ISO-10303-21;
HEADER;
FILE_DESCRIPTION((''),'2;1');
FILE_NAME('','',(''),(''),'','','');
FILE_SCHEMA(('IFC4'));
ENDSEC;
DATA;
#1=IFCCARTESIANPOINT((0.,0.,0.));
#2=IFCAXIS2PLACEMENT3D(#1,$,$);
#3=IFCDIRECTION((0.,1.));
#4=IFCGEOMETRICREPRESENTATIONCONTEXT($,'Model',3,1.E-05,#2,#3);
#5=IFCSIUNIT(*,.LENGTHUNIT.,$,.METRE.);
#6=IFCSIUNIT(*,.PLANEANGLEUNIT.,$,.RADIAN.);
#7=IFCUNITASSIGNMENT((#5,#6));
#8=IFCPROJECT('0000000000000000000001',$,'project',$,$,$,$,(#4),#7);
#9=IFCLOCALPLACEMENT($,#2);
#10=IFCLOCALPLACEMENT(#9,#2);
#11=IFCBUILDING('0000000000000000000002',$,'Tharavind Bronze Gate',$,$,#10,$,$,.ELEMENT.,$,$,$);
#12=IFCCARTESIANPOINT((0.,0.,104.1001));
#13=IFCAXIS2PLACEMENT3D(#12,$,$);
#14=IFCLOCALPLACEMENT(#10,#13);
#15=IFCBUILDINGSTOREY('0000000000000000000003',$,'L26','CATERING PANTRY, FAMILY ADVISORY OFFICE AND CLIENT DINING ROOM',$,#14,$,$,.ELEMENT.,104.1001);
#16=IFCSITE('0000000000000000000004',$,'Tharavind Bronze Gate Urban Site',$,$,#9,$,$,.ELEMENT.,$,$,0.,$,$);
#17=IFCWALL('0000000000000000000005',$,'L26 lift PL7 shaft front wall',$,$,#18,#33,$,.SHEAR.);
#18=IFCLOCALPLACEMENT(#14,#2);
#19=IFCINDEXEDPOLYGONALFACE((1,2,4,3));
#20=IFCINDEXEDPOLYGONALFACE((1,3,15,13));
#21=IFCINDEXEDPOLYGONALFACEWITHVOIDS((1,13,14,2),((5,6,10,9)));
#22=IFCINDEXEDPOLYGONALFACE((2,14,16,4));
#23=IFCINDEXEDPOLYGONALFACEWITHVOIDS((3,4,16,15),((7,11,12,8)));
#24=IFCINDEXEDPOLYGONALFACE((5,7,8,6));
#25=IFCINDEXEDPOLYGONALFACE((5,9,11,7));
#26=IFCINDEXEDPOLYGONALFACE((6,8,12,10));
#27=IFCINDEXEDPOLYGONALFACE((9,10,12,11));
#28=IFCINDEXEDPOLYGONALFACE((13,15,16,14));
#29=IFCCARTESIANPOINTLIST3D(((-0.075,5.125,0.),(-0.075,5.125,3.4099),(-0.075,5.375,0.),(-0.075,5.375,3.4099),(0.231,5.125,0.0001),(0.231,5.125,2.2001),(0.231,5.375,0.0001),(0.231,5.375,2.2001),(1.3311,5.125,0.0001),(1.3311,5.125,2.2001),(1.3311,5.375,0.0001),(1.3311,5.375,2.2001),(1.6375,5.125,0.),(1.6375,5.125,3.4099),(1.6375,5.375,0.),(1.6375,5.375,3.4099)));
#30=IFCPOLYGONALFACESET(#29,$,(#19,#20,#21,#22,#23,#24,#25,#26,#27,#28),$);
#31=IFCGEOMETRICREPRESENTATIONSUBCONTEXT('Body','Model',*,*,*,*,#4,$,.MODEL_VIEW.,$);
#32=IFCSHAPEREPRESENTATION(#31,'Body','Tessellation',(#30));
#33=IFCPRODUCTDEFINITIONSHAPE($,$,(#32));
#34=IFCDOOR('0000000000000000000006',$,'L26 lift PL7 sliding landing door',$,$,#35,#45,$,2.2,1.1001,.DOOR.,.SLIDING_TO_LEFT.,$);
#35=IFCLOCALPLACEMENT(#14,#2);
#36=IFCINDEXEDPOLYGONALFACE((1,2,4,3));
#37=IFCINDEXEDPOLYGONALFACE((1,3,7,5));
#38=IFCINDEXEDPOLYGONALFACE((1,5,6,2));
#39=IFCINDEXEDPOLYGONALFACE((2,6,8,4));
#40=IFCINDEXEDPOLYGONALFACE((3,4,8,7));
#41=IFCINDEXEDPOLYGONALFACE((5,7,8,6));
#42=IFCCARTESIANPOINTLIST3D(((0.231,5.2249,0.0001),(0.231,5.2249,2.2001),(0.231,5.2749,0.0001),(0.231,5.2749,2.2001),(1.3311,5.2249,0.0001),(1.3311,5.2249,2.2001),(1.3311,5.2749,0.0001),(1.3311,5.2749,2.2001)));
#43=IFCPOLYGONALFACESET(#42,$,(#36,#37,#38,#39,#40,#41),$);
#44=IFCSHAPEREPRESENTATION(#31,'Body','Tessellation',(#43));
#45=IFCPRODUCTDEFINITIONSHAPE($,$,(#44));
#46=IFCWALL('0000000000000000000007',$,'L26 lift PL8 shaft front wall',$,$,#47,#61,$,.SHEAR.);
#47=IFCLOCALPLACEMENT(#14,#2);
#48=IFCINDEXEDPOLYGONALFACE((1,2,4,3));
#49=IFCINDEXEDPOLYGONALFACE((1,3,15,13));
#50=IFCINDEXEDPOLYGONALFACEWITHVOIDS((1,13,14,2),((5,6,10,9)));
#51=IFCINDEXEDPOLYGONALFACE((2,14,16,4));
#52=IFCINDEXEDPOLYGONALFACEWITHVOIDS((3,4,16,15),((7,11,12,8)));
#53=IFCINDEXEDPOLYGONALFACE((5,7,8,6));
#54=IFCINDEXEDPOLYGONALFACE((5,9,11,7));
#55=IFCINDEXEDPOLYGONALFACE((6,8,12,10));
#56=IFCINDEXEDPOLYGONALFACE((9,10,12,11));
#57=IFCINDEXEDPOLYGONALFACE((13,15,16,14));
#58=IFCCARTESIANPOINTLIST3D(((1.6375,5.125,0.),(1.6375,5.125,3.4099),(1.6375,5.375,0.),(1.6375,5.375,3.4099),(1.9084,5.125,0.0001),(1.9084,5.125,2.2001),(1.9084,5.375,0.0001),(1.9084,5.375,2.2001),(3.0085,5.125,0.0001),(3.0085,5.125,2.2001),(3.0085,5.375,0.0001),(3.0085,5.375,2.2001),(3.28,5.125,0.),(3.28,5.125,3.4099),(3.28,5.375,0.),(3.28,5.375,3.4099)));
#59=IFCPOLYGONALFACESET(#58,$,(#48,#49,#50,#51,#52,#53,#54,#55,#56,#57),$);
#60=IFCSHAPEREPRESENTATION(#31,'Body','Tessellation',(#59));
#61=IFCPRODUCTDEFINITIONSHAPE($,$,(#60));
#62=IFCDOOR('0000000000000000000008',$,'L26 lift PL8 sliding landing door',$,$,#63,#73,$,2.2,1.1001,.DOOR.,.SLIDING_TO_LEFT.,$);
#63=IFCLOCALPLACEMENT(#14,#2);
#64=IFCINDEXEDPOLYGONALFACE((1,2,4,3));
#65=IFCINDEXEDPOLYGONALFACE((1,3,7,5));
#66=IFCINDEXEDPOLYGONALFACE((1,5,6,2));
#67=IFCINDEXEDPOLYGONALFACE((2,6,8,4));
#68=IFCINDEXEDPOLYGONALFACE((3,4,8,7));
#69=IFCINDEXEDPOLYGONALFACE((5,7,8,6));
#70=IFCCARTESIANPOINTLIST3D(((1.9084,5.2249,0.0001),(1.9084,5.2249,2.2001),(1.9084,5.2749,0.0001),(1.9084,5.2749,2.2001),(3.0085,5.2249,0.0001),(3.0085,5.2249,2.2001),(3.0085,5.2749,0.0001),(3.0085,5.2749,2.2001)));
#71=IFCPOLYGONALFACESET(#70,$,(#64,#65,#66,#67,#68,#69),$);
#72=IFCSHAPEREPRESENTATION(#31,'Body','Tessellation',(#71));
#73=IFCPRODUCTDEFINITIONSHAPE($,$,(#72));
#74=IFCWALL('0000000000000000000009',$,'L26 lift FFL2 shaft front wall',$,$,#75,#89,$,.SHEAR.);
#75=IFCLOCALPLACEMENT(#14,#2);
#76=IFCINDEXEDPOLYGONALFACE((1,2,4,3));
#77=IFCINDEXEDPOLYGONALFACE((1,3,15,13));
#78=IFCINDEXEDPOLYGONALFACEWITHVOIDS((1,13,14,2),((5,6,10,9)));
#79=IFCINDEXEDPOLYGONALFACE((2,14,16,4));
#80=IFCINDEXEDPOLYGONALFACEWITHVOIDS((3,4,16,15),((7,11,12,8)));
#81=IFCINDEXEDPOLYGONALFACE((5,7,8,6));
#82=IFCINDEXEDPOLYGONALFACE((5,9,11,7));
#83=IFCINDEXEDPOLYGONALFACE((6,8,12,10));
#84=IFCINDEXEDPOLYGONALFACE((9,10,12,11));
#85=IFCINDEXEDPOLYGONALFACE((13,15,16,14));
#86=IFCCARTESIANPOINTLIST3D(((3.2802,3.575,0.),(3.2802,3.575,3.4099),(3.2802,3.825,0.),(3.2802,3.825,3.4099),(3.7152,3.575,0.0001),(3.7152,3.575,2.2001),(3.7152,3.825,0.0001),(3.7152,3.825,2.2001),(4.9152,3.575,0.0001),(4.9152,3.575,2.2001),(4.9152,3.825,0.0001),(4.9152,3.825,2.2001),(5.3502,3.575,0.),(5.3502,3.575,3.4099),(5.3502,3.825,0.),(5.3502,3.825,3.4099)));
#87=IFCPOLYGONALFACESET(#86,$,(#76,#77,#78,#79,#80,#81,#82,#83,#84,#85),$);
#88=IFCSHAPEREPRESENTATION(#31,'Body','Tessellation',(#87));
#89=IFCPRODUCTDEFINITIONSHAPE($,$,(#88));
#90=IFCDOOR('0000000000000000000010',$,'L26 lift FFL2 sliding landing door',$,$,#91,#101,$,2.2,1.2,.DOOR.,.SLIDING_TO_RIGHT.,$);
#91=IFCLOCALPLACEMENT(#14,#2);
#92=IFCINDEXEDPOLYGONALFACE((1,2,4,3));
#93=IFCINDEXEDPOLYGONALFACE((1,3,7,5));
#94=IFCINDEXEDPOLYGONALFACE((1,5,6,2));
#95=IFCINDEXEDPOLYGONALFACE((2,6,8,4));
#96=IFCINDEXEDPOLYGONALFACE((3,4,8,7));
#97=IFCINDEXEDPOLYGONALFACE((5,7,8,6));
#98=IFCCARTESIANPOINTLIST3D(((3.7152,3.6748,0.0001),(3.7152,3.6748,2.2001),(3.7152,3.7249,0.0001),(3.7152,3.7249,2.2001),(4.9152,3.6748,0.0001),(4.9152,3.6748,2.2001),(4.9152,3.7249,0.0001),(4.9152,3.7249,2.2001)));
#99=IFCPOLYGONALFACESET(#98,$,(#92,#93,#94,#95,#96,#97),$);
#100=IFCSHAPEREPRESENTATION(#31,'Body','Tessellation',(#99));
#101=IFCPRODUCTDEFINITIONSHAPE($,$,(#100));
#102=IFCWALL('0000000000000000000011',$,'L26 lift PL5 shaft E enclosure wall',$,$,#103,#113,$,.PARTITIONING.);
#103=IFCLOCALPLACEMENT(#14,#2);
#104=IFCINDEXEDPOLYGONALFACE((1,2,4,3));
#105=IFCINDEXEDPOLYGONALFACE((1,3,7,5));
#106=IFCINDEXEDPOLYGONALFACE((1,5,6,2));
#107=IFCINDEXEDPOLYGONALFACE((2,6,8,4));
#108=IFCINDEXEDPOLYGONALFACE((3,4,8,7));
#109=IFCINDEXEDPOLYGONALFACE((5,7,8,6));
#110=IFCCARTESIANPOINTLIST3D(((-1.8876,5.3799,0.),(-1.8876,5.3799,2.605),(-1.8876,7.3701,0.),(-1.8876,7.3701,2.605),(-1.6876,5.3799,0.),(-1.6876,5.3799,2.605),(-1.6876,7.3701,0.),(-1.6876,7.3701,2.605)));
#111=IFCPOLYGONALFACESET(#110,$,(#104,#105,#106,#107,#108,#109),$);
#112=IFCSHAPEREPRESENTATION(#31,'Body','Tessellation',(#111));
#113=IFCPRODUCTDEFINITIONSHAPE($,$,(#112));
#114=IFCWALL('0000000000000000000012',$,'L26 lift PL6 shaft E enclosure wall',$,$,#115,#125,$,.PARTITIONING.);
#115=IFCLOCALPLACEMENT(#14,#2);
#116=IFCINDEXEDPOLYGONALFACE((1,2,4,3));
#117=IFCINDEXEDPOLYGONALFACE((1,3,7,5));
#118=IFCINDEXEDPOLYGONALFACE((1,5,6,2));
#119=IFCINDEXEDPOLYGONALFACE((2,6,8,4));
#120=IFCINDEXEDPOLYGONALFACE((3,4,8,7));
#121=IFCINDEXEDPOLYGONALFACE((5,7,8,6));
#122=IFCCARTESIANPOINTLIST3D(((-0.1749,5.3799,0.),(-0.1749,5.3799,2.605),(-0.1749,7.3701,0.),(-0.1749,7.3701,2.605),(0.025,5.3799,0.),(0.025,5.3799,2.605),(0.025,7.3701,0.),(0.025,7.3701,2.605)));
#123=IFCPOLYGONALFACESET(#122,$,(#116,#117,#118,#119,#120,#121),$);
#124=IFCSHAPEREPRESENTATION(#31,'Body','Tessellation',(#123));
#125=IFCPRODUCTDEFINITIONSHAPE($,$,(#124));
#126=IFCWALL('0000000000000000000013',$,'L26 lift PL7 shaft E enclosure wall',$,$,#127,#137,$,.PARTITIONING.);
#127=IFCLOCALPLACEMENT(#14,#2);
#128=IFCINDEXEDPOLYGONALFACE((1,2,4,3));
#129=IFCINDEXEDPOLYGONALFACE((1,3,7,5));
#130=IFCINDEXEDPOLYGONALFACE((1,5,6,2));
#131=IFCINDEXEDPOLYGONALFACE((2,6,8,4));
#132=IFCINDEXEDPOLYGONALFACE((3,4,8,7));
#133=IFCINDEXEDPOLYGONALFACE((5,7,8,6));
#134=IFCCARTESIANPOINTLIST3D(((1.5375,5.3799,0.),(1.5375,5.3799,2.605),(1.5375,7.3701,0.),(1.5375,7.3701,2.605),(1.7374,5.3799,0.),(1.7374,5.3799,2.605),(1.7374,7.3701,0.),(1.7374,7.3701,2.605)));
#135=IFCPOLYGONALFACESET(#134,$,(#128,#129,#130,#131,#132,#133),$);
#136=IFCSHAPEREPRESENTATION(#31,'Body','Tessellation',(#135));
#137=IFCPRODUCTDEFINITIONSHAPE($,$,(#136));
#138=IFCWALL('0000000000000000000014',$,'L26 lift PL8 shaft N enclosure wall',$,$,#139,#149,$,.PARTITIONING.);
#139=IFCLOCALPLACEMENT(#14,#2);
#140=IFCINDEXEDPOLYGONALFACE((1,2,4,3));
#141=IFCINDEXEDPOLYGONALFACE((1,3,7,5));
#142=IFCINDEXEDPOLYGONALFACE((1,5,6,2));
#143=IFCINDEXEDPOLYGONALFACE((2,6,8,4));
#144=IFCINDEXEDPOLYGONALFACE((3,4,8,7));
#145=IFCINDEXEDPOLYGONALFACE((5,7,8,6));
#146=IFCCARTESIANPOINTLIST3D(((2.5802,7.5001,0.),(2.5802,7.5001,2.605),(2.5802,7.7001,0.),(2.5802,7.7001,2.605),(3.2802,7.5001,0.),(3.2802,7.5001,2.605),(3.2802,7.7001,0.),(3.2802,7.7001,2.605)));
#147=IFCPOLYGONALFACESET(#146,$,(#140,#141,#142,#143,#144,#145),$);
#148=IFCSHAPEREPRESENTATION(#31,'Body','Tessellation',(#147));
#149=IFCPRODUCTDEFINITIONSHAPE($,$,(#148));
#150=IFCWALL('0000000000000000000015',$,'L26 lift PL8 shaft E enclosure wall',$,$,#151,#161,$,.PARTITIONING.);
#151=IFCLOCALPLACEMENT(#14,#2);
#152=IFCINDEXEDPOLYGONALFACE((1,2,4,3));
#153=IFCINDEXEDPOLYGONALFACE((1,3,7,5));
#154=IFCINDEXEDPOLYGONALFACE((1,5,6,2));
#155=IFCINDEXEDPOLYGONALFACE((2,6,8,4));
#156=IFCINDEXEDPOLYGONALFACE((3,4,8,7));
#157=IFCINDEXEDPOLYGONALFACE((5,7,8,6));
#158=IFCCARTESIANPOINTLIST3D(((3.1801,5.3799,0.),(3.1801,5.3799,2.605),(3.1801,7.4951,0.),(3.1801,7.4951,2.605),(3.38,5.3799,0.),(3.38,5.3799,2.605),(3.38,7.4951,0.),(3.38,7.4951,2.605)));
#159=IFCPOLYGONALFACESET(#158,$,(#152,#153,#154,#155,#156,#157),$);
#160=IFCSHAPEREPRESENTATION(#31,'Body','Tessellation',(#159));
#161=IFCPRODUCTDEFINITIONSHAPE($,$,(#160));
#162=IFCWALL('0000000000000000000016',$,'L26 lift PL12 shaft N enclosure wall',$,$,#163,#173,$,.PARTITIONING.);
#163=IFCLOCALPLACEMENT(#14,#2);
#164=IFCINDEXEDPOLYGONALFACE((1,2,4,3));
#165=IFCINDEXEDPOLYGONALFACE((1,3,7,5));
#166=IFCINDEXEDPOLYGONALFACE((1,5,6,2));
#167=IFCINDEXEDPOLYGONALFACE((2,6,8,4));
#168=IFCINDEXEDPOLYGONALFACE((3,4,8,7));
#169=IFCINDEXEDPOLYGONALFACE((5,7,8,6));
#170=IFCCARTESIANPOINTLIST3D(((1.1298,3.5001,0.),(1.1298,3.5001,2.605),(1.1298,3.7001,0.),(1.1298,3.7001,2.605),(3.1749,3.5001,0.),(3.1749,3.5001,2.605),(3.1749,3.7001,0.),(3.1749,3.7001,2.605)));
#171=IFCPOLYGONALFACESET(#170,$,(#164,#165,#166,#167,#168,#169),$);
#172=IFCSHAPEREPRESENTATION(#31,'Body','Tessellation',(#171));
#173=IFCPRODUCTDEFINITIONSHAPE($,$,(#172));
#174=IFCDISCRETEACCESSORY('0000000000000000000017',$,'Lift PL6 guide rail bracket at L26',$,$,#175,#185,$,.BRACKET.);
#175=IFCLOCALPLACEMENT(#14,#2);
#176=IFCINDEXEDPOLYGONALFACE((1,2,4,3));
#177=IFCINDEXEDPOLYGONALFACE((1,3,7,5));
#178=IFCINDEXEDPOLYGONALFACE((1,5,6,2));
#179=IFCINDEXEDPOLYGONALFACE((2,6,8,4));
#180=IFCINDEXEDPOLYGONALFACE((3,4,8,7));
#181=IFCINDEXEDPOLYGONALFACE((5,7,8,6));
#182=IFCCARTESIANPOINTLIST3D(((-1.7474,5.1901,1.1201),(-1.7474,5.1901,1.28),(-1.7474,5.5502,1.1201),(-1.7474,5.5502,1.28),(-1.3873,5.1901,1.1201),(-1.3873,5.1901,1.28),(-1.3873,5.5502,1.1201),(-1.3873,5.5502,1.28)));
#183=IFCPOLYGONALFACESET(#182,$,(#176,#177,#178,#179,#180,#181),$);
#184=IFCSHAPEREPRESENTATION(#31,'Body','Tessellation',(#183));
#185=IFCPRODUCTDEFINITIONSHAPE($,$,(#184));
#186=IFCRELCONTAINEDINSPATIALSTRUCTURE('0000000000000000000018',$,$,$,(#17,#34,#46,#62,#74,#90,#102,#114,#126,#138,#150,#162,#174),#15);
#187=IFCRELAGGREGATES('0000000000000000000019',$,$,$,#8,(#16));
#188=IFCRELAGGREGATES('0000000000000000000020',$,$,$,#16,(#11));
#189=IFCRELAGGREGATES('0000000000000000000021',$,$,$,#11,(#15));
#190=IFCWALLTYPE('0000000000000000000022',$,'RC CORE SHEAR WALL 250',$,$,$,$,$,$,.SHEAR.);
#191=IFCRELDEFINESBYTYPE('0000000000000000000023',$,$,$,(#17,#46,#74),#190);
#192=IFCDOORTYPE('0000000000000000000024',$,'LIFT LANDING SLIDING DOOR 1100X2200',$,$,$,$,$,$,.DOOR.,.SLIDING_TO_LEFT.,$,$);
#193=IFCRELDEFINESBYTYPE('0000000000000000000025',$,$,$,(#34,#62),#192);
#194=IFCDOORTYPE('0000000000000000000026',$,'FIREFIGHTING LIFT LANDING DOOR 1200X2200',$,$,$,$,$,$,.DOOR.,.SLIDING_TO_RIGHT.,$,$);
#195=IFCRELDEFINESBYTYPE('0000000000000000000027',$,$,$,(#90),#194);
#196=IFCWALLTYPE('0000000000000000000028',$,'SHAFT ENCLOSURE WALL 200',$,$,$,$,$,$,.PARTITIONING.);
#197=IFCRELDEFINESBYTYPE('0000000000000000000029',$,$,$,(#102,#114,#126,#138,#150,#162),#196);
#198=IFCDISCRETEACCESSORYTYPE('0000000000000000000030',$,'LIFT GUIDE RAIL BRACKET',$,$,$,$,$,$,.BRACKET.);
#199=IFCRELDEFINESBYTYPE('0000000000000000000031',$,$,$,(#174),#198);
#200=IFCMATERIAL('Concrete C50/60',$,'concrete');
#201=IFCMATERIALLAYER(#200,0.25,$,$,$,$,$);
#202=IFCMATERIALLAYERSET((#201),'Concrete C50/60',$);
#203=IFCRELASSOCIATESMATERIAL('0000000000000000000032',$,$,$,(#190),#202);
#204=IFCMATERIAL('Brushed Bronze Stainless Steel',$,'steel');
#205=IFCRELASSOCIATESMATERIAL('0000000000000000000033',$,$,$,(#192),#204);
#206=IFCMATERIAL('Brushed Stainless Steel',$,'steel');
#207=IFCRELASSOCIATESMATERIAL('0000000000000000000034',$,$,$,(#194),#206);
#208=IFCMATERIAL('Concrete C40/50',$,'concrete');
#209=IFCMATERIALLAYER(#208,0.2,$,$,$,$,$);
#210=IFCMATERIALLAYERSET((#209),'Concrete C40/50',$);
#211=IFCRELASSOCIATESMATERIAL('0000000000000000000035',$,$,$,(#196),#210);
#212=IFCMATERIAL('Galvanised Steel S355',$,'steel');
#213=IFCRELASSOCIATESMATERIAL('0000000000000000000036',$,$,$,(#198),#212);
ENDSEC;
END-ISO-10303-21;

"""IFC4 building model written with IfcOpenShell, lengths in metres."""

from ifc_helpers import new_model, si_unit, direction, frame, frame_2d, origin, origin_2d, place, context, subcontext, project, spatial, rectangle, extrude, material, layer, layer_set, type_object, element, fill, save


model = new_model("IFC4")

# Units and contexts
model_context = context("Model", 3, precision=1e-05, world=origin(), true_north=direction((0.0, 1.0)))
body_context = subcontext(model_context, "Body", "Model", "MODEL_VIEW")
ifc_project = project(units=[si_unit("LENGTHUNIT", "METRE"), si_unit("PLANEANGLEUNIT", "RADIAN")], contexts=[model_context])

# Site, building, storey
site_placement = place(None, origin())
site = spatial("IfcSite", under=ifc_project, at=site_placement, Name="Tharavind Bronze Gate Urban Site", CompositionType="ELEMENT", RefElevation=0.0)
building_placement = place(site_placement, origin())
building = spatial("IfcBuilding", under=site, at=building_placement, Name="Tharavind Bronze Gate", CompositionType="ELEMENT")
storey_placement = place(building_placement, frame((0.0, 0.0, 104.1001)))
storey = spatial("IfcBuildingStorey", under=building, at=storey_placement, Name="L26", Description="CATERING PANTRY, FAMILY ADVISORY OFFICE AND CLIENT DINING ROOM", CompositionType="ELEMENT", Elevation=104.1001)

# Walls, openings, doors
ifc_material_1 = material(Name="Concrete C50/60", Category="concrete")
ifc_layer_1 = layer(ifc_material_1, 0.25)
ifc_layer_set_1 = layer_set([ifc_layer_1], Name="Concrete C50/60")
wall_type_1 = type_object("IfcWallType", Name="RC CORE SHEAR WALL 250", PredefinedType="SHEAR", material=ifc_layer_set_1)
ifc_material_2 = material(Name="Brushed Bronze Stainless Steel", Category="steel")
door_type_1 = type_object("IfcDoorType", Name="LIFT LANDING SLIDING DOOR 1100X2200", OperationType="SLIDING_TO_LEFT", PredefinedType="DOOR", material=ifc_material_2)
wall_1_placement = place(storey_placement, frame((-0.075, 5.25, 0.0), z_axis=(0.0, 0.0, 1.0), x_axis=(1.0, 0.0, 0.0)))
wall_1 = element("IfcWall", 1, at=wall_1_placement, inside=storey, type_object=wall_type_1, Name="L26 lift PL7 shaft front wall", PredefinedType="SHEAR", context=body_context, shape_type="SweptSolid", body=[
    extrude(rectangle(XDim=1.7124, YDim=0.25, at=frame_2d((0.8562, 0.0))), origin(), (0.0, 0.0, 1.0), 3.4099),
])
opening_1_placement = place(wall_1_placement, frame((0.3059, 0.0, 0.0)))
opening_1 = element("IfcOpeningElement", 2, at=opening_1_placement, cuts=wall_1, PredefinedType="OPENING", context=body_context, shape_type="SweptSolid", body=[
    extrude(rectangle(XDim=1.1001, YDim=2.2, at=frame_2d((0.55, 1.1001))), frame((0.0, 0.135, 0.0), z_axis=(0.0, -1.0, 0.0), x_axis=(1.0, 0.0, 0.0)), (0.0, 0.0, 1.0), 0.27),
])
door_1_placement = place(opening_1_placement, origin())
door_1 = element("IfcDoor", 3, at=door_1_placement, inside=storey, type_object=door_type_1, Name="L26 lift PL7 sliding landing door", OperationType="SLIDING_TO_LEFT", OverallHeight=2.2, OverallWidth=1.1001, PredefinedType="DOOR", context=body_context, shape_type="SweptSolid", body=[
    extrude(rectangle(XDim=1.1001, YDim=2.2, at=frame_2d((0.55, 1.1001))), frame((0.0, 0.0249, 0.0), z_axis=(0.0, -1.0, 0.0), x_axis=(1.0, 0.0, 0.0)), (0.0, 0.0, 1.0), 0.05),
])
fill(opening_1, door_1)
wall_2_placement = place(storey_placement, frame((1.6375, 5.25, 0.0), z_axis=(0.0, 0.0, 1.0), x_axis=(1.0, 0.0, 0.0)))
wall_2 = element("IfcWall", 4, at=wall_2_placement, inside=storey, type_object=wall_type_1, Name="L26 lift PL8 shaft front wall", PredefinedType="SHEAR", context=body_context, shape_type="SweptSolid", body=[
    extrude(rectangle(XDim=1.6426, YDim=0.25, at=frame_2d((0.8213, 0.0))), origin(), (0.0, 0.0, 1.0), 3.4099),
])
opening_2_placement = place(wall_2_placement, frame((0.271, 0.0, 0.0)))
opening_2 = element("IfcOpeningElement", 5, at=opening_2_placement, cuts=wall_2, PredefinedType="OPENING", context=body_context, shape_type="SweptSolid", body=[
    extrude(rectangle(XDim=1.1001, YDim=2.2, at=frame_2d((0.55, 1.1001))), frame((0.0, 0.135, 0.0), z_axis=(0.0, -1.0, 0.0), x_axis=(1.0, 0.0, 0.0)), (0.0, 0.0, 1.0), 0.27),
])
door_2_placement = place(opening_2_placement, origin())
door_2 = element("IfcDoor", 6, at=door_2_placement, inside=storey, type_object=door_type_1, Name="L26 lift PL8 sliding landing door", OperationType="SLIDING_TO_LEFT", OverallHeight=2.2, OverallWidth=1.1001, PredefinedType="DOOR", context=body_context, shape_type="SweptSolid", body=[
    extrude(rectangle(XDim=1.1001, YDim=2.2, at=frame_2d((0.55, 1.1001))), frame((0.0, 0.0249, 0.0), z_axis=(0.0, -1.0, 0.0), x_axis=(1.0, 0.0, 0.0)), (0.0, 0.0, 1.0), 0.05),
])
fill(opening_2, door_2)
wall_3_placement = place(storey_placement, frame((3.28, 3.7, 0.0), z_axis=(0.0, 0.0, 1.0), x_axis=(1.0, 0.0, 0.0)))
wall_3 = element("IfcWall", 7, at=wall_3_placement, inside=storey, type_object=wall_type_1, Name="L26 lift FFL2 shaft front wall", PredefinedType="SHEAR", context=body_context, shape_type="SweptSolid", body=[
    extrude(rectangle(XDim=2.0701, YDim=0.25, at=frame_2d((1.0352, 0.0))), origin(), (0.0, 0.0, 1.0), 3.4099),
])
opening_3_placement = place(wall_3_placement, frame((0.4351, 0.0, 0.0)))
opening_3 = element("IfcOpeningElement", 8, at=opening_3_placement, cuts=wall_3, PredefinedType="OPENING", context=body_context, shape_type="SweptSolid", body=[
    extrude(rectangle(XDim=1.2, YDim=2.2, at=frame_2d((0.6001, 1.1001))), frame((0.0, 0.135, 0.0), z_axis=(0.0, -1.0, 0.0), x_axis=(1.0, 0.0, 0.0)), (0.0, 0.0, 1.0), 0.27),
])
ifc_material_3 = material(Name="Brushed Stainless Steel", Category="steel")
door_type_2 = type_object("IfcDoorType", Name="FIREFIGHTING LIFT LANDING DOOR 1200X2200", OperationType="SLIDING_TO_RIGHT", PredefinedType="DOOR", material=ifc_material_3)
door_3_placement = place(opening_3_placement, origin())
door_3 = element("IfcDoor", 9, at=door_3_placement, inside=storey, type_object=door_type_2, Name="L26 lift FFL2 sliding landing door", OperationType="SLIDING_TO_RIGHT", OverallHeight=2.2, OverallWidth=1.2, PredefinedType="DOOR", context=body_context, shape_type="SweptSolid", body=[
    extrude(rectangle(XDim=1.2, YDim=2.2, at=frame_2d((0.6001, 1.1001))), frame((0.0, 0.0249, 0.0), z_axis=(0.0, -1.0, 0.0), x_axis=(1.0, 0.0, 0.0)), (0.0, 0.0, 1.0), 0.05),
])
fill(opening_3, door_3)

# Walls
ifc_material_4 = material(Name="Concrete C40/50", Category="concrete")
ifc_layer_2 = layer(ifc_material_4, 0.2)
ifc_layer_set_2 = layer_set([ifc_layer_2], Name="Concrete C40/50")
wall_type_2 = type_object("IfcWallType", Name="SHAFT ENCLOSURE WALL 200", PredefinedType="PARTITIONING", material=ifc_layer_set_2)
for number, where, z_axis, x_axis, name in (
    (10, (-1.7876, 5.3799, 0.0), (0.0, 0.0, 1.0), (0.0, 1.0, 0.0), "L26 lift PL5 shaft E enclosure wall"),
    (11, (-0.075, 5.3799, 0.0), (0.0, 0.0, 1.0), (0.0, 1.0, 0.0), "L26 lift PL6 shaft E enclosure wall"),
    (12, (1.6375, 5.3799, 0.0), (0.0, 0.0, 1.0), (0.0, 1.0, 0.0), "L26 lift PL7 shaft E enclosure wall"),
):
    element("IfcWall", number, at=place(storey_placement, frame(where, z_axis=z_axis, x_axis=x_axis)), inside=storey, type_object=wall_type_2, Name=name, PredefinedType="PARTITIONING", context=body_context, shape_type="SweptSolid", body=[
        extrude(rectangle(XDim=1.9902, YDim=0.2, at=frame_2d((0.9951, 0.0))), origin(), (0.0, 0.0, 1.0), 2.605),
    ])
wall_4_placement = place(storey_placement, frame((2.5801, 7.6001, 0.0), z_axis=(0.0, 0.0, 1.0), x_axis=(1.0, 0.0, 0.0)))
element("IfcWall", 13, at=wall_4_placement, inside=storey, type_object=wall_type_2, Name="L26 lift PL8 shaft N enclosure wall", PredefinedType="PARTITIONING", context=body_context, shape_type="SweptSolid", body=[
    extrude(rectangle(XDim=0.7, YDim=0.2, at=frame_2d((0.3501, 0.0))), origin(), (0.0, 0.0, 1.0), 2.605),
])
wall_5_placement = place(storey_placement, frame((3.28, 5.3799, 0.0), z_axis=(0.0, 0.0, 1.0), x_axis=(0.0, 1.0, 0.0)))
element("IfcWall", 14, at=wall_5_placement, inside=storey, type_object=wall_type_2, Name="L26 lift PL8 shaft E enclosure wall", PredefinedType="PARTITIONING", context=body_context, shape_type="SweptSolid", body=[
    extrude(rectangle(XDim=2.1152, YDim=0.2, at=frame_2d((1.0576, 0.0))), origin(), (0.0, 0.0, 1.0), 2.605),
])
wall_6_placement = place(storey_placement, frame((1.1299, 3.6001, 0.0), z_axis=(0.0, 0.0, 1.0), x_axis=(1.0, 0.0, 0.0)))
element("IfcWall", 15, at=wall_6_placement, inside=storey, type_object=wall_type_2, Name="L26 lift PL12 shaft N enclosure wall", PredefinedType="PARTITIONING", context=body_context, shape_type="SweptSolid", body=[
    extrude(rectangle(XDim=2.0452, YDim=0.2, at=frame_2d((1.0225, 0.0))), origin(), (0.0, 0.0, 1.0), 2.605),
])

# Discrete accessory
ifc_material_5 = material(Name="Galvanised Steel S355", Category="steel")
discrete_accessory_type_1 = type_object("IfcDiscreteAccessoryType", Name="LIFT GUIDE RAIL BRACKET", PredefinedType="BRACKET", material=ifc_material_5)
for number, where, z_axis, x_axis, name in (
    (16, (-1.5674, 5.3701, 1.1201), (0.0, 0.0, 1.0), (1.0, 0.0, 0.0), "Lift PL6 guide rail bracket at L26"),
):
    element("IfcDiscreteAccessory", number, at=place(storey_placement, frame(where, z_axis=z_axis, x_axis=x_axis)), inside=storey, type_object=discrete_accessory_type_1, Name=name, PredefinedType="BRACKET", context=body_context, shape_type="SweptSolid", body=[
        extrude(rectangle(XDim=0.3601, YDim=0.3601, at=origin_2d()), origin(), (0.0, 0.0, 1.0), 0.1599),
    ])

save(model, "model.ifc")
